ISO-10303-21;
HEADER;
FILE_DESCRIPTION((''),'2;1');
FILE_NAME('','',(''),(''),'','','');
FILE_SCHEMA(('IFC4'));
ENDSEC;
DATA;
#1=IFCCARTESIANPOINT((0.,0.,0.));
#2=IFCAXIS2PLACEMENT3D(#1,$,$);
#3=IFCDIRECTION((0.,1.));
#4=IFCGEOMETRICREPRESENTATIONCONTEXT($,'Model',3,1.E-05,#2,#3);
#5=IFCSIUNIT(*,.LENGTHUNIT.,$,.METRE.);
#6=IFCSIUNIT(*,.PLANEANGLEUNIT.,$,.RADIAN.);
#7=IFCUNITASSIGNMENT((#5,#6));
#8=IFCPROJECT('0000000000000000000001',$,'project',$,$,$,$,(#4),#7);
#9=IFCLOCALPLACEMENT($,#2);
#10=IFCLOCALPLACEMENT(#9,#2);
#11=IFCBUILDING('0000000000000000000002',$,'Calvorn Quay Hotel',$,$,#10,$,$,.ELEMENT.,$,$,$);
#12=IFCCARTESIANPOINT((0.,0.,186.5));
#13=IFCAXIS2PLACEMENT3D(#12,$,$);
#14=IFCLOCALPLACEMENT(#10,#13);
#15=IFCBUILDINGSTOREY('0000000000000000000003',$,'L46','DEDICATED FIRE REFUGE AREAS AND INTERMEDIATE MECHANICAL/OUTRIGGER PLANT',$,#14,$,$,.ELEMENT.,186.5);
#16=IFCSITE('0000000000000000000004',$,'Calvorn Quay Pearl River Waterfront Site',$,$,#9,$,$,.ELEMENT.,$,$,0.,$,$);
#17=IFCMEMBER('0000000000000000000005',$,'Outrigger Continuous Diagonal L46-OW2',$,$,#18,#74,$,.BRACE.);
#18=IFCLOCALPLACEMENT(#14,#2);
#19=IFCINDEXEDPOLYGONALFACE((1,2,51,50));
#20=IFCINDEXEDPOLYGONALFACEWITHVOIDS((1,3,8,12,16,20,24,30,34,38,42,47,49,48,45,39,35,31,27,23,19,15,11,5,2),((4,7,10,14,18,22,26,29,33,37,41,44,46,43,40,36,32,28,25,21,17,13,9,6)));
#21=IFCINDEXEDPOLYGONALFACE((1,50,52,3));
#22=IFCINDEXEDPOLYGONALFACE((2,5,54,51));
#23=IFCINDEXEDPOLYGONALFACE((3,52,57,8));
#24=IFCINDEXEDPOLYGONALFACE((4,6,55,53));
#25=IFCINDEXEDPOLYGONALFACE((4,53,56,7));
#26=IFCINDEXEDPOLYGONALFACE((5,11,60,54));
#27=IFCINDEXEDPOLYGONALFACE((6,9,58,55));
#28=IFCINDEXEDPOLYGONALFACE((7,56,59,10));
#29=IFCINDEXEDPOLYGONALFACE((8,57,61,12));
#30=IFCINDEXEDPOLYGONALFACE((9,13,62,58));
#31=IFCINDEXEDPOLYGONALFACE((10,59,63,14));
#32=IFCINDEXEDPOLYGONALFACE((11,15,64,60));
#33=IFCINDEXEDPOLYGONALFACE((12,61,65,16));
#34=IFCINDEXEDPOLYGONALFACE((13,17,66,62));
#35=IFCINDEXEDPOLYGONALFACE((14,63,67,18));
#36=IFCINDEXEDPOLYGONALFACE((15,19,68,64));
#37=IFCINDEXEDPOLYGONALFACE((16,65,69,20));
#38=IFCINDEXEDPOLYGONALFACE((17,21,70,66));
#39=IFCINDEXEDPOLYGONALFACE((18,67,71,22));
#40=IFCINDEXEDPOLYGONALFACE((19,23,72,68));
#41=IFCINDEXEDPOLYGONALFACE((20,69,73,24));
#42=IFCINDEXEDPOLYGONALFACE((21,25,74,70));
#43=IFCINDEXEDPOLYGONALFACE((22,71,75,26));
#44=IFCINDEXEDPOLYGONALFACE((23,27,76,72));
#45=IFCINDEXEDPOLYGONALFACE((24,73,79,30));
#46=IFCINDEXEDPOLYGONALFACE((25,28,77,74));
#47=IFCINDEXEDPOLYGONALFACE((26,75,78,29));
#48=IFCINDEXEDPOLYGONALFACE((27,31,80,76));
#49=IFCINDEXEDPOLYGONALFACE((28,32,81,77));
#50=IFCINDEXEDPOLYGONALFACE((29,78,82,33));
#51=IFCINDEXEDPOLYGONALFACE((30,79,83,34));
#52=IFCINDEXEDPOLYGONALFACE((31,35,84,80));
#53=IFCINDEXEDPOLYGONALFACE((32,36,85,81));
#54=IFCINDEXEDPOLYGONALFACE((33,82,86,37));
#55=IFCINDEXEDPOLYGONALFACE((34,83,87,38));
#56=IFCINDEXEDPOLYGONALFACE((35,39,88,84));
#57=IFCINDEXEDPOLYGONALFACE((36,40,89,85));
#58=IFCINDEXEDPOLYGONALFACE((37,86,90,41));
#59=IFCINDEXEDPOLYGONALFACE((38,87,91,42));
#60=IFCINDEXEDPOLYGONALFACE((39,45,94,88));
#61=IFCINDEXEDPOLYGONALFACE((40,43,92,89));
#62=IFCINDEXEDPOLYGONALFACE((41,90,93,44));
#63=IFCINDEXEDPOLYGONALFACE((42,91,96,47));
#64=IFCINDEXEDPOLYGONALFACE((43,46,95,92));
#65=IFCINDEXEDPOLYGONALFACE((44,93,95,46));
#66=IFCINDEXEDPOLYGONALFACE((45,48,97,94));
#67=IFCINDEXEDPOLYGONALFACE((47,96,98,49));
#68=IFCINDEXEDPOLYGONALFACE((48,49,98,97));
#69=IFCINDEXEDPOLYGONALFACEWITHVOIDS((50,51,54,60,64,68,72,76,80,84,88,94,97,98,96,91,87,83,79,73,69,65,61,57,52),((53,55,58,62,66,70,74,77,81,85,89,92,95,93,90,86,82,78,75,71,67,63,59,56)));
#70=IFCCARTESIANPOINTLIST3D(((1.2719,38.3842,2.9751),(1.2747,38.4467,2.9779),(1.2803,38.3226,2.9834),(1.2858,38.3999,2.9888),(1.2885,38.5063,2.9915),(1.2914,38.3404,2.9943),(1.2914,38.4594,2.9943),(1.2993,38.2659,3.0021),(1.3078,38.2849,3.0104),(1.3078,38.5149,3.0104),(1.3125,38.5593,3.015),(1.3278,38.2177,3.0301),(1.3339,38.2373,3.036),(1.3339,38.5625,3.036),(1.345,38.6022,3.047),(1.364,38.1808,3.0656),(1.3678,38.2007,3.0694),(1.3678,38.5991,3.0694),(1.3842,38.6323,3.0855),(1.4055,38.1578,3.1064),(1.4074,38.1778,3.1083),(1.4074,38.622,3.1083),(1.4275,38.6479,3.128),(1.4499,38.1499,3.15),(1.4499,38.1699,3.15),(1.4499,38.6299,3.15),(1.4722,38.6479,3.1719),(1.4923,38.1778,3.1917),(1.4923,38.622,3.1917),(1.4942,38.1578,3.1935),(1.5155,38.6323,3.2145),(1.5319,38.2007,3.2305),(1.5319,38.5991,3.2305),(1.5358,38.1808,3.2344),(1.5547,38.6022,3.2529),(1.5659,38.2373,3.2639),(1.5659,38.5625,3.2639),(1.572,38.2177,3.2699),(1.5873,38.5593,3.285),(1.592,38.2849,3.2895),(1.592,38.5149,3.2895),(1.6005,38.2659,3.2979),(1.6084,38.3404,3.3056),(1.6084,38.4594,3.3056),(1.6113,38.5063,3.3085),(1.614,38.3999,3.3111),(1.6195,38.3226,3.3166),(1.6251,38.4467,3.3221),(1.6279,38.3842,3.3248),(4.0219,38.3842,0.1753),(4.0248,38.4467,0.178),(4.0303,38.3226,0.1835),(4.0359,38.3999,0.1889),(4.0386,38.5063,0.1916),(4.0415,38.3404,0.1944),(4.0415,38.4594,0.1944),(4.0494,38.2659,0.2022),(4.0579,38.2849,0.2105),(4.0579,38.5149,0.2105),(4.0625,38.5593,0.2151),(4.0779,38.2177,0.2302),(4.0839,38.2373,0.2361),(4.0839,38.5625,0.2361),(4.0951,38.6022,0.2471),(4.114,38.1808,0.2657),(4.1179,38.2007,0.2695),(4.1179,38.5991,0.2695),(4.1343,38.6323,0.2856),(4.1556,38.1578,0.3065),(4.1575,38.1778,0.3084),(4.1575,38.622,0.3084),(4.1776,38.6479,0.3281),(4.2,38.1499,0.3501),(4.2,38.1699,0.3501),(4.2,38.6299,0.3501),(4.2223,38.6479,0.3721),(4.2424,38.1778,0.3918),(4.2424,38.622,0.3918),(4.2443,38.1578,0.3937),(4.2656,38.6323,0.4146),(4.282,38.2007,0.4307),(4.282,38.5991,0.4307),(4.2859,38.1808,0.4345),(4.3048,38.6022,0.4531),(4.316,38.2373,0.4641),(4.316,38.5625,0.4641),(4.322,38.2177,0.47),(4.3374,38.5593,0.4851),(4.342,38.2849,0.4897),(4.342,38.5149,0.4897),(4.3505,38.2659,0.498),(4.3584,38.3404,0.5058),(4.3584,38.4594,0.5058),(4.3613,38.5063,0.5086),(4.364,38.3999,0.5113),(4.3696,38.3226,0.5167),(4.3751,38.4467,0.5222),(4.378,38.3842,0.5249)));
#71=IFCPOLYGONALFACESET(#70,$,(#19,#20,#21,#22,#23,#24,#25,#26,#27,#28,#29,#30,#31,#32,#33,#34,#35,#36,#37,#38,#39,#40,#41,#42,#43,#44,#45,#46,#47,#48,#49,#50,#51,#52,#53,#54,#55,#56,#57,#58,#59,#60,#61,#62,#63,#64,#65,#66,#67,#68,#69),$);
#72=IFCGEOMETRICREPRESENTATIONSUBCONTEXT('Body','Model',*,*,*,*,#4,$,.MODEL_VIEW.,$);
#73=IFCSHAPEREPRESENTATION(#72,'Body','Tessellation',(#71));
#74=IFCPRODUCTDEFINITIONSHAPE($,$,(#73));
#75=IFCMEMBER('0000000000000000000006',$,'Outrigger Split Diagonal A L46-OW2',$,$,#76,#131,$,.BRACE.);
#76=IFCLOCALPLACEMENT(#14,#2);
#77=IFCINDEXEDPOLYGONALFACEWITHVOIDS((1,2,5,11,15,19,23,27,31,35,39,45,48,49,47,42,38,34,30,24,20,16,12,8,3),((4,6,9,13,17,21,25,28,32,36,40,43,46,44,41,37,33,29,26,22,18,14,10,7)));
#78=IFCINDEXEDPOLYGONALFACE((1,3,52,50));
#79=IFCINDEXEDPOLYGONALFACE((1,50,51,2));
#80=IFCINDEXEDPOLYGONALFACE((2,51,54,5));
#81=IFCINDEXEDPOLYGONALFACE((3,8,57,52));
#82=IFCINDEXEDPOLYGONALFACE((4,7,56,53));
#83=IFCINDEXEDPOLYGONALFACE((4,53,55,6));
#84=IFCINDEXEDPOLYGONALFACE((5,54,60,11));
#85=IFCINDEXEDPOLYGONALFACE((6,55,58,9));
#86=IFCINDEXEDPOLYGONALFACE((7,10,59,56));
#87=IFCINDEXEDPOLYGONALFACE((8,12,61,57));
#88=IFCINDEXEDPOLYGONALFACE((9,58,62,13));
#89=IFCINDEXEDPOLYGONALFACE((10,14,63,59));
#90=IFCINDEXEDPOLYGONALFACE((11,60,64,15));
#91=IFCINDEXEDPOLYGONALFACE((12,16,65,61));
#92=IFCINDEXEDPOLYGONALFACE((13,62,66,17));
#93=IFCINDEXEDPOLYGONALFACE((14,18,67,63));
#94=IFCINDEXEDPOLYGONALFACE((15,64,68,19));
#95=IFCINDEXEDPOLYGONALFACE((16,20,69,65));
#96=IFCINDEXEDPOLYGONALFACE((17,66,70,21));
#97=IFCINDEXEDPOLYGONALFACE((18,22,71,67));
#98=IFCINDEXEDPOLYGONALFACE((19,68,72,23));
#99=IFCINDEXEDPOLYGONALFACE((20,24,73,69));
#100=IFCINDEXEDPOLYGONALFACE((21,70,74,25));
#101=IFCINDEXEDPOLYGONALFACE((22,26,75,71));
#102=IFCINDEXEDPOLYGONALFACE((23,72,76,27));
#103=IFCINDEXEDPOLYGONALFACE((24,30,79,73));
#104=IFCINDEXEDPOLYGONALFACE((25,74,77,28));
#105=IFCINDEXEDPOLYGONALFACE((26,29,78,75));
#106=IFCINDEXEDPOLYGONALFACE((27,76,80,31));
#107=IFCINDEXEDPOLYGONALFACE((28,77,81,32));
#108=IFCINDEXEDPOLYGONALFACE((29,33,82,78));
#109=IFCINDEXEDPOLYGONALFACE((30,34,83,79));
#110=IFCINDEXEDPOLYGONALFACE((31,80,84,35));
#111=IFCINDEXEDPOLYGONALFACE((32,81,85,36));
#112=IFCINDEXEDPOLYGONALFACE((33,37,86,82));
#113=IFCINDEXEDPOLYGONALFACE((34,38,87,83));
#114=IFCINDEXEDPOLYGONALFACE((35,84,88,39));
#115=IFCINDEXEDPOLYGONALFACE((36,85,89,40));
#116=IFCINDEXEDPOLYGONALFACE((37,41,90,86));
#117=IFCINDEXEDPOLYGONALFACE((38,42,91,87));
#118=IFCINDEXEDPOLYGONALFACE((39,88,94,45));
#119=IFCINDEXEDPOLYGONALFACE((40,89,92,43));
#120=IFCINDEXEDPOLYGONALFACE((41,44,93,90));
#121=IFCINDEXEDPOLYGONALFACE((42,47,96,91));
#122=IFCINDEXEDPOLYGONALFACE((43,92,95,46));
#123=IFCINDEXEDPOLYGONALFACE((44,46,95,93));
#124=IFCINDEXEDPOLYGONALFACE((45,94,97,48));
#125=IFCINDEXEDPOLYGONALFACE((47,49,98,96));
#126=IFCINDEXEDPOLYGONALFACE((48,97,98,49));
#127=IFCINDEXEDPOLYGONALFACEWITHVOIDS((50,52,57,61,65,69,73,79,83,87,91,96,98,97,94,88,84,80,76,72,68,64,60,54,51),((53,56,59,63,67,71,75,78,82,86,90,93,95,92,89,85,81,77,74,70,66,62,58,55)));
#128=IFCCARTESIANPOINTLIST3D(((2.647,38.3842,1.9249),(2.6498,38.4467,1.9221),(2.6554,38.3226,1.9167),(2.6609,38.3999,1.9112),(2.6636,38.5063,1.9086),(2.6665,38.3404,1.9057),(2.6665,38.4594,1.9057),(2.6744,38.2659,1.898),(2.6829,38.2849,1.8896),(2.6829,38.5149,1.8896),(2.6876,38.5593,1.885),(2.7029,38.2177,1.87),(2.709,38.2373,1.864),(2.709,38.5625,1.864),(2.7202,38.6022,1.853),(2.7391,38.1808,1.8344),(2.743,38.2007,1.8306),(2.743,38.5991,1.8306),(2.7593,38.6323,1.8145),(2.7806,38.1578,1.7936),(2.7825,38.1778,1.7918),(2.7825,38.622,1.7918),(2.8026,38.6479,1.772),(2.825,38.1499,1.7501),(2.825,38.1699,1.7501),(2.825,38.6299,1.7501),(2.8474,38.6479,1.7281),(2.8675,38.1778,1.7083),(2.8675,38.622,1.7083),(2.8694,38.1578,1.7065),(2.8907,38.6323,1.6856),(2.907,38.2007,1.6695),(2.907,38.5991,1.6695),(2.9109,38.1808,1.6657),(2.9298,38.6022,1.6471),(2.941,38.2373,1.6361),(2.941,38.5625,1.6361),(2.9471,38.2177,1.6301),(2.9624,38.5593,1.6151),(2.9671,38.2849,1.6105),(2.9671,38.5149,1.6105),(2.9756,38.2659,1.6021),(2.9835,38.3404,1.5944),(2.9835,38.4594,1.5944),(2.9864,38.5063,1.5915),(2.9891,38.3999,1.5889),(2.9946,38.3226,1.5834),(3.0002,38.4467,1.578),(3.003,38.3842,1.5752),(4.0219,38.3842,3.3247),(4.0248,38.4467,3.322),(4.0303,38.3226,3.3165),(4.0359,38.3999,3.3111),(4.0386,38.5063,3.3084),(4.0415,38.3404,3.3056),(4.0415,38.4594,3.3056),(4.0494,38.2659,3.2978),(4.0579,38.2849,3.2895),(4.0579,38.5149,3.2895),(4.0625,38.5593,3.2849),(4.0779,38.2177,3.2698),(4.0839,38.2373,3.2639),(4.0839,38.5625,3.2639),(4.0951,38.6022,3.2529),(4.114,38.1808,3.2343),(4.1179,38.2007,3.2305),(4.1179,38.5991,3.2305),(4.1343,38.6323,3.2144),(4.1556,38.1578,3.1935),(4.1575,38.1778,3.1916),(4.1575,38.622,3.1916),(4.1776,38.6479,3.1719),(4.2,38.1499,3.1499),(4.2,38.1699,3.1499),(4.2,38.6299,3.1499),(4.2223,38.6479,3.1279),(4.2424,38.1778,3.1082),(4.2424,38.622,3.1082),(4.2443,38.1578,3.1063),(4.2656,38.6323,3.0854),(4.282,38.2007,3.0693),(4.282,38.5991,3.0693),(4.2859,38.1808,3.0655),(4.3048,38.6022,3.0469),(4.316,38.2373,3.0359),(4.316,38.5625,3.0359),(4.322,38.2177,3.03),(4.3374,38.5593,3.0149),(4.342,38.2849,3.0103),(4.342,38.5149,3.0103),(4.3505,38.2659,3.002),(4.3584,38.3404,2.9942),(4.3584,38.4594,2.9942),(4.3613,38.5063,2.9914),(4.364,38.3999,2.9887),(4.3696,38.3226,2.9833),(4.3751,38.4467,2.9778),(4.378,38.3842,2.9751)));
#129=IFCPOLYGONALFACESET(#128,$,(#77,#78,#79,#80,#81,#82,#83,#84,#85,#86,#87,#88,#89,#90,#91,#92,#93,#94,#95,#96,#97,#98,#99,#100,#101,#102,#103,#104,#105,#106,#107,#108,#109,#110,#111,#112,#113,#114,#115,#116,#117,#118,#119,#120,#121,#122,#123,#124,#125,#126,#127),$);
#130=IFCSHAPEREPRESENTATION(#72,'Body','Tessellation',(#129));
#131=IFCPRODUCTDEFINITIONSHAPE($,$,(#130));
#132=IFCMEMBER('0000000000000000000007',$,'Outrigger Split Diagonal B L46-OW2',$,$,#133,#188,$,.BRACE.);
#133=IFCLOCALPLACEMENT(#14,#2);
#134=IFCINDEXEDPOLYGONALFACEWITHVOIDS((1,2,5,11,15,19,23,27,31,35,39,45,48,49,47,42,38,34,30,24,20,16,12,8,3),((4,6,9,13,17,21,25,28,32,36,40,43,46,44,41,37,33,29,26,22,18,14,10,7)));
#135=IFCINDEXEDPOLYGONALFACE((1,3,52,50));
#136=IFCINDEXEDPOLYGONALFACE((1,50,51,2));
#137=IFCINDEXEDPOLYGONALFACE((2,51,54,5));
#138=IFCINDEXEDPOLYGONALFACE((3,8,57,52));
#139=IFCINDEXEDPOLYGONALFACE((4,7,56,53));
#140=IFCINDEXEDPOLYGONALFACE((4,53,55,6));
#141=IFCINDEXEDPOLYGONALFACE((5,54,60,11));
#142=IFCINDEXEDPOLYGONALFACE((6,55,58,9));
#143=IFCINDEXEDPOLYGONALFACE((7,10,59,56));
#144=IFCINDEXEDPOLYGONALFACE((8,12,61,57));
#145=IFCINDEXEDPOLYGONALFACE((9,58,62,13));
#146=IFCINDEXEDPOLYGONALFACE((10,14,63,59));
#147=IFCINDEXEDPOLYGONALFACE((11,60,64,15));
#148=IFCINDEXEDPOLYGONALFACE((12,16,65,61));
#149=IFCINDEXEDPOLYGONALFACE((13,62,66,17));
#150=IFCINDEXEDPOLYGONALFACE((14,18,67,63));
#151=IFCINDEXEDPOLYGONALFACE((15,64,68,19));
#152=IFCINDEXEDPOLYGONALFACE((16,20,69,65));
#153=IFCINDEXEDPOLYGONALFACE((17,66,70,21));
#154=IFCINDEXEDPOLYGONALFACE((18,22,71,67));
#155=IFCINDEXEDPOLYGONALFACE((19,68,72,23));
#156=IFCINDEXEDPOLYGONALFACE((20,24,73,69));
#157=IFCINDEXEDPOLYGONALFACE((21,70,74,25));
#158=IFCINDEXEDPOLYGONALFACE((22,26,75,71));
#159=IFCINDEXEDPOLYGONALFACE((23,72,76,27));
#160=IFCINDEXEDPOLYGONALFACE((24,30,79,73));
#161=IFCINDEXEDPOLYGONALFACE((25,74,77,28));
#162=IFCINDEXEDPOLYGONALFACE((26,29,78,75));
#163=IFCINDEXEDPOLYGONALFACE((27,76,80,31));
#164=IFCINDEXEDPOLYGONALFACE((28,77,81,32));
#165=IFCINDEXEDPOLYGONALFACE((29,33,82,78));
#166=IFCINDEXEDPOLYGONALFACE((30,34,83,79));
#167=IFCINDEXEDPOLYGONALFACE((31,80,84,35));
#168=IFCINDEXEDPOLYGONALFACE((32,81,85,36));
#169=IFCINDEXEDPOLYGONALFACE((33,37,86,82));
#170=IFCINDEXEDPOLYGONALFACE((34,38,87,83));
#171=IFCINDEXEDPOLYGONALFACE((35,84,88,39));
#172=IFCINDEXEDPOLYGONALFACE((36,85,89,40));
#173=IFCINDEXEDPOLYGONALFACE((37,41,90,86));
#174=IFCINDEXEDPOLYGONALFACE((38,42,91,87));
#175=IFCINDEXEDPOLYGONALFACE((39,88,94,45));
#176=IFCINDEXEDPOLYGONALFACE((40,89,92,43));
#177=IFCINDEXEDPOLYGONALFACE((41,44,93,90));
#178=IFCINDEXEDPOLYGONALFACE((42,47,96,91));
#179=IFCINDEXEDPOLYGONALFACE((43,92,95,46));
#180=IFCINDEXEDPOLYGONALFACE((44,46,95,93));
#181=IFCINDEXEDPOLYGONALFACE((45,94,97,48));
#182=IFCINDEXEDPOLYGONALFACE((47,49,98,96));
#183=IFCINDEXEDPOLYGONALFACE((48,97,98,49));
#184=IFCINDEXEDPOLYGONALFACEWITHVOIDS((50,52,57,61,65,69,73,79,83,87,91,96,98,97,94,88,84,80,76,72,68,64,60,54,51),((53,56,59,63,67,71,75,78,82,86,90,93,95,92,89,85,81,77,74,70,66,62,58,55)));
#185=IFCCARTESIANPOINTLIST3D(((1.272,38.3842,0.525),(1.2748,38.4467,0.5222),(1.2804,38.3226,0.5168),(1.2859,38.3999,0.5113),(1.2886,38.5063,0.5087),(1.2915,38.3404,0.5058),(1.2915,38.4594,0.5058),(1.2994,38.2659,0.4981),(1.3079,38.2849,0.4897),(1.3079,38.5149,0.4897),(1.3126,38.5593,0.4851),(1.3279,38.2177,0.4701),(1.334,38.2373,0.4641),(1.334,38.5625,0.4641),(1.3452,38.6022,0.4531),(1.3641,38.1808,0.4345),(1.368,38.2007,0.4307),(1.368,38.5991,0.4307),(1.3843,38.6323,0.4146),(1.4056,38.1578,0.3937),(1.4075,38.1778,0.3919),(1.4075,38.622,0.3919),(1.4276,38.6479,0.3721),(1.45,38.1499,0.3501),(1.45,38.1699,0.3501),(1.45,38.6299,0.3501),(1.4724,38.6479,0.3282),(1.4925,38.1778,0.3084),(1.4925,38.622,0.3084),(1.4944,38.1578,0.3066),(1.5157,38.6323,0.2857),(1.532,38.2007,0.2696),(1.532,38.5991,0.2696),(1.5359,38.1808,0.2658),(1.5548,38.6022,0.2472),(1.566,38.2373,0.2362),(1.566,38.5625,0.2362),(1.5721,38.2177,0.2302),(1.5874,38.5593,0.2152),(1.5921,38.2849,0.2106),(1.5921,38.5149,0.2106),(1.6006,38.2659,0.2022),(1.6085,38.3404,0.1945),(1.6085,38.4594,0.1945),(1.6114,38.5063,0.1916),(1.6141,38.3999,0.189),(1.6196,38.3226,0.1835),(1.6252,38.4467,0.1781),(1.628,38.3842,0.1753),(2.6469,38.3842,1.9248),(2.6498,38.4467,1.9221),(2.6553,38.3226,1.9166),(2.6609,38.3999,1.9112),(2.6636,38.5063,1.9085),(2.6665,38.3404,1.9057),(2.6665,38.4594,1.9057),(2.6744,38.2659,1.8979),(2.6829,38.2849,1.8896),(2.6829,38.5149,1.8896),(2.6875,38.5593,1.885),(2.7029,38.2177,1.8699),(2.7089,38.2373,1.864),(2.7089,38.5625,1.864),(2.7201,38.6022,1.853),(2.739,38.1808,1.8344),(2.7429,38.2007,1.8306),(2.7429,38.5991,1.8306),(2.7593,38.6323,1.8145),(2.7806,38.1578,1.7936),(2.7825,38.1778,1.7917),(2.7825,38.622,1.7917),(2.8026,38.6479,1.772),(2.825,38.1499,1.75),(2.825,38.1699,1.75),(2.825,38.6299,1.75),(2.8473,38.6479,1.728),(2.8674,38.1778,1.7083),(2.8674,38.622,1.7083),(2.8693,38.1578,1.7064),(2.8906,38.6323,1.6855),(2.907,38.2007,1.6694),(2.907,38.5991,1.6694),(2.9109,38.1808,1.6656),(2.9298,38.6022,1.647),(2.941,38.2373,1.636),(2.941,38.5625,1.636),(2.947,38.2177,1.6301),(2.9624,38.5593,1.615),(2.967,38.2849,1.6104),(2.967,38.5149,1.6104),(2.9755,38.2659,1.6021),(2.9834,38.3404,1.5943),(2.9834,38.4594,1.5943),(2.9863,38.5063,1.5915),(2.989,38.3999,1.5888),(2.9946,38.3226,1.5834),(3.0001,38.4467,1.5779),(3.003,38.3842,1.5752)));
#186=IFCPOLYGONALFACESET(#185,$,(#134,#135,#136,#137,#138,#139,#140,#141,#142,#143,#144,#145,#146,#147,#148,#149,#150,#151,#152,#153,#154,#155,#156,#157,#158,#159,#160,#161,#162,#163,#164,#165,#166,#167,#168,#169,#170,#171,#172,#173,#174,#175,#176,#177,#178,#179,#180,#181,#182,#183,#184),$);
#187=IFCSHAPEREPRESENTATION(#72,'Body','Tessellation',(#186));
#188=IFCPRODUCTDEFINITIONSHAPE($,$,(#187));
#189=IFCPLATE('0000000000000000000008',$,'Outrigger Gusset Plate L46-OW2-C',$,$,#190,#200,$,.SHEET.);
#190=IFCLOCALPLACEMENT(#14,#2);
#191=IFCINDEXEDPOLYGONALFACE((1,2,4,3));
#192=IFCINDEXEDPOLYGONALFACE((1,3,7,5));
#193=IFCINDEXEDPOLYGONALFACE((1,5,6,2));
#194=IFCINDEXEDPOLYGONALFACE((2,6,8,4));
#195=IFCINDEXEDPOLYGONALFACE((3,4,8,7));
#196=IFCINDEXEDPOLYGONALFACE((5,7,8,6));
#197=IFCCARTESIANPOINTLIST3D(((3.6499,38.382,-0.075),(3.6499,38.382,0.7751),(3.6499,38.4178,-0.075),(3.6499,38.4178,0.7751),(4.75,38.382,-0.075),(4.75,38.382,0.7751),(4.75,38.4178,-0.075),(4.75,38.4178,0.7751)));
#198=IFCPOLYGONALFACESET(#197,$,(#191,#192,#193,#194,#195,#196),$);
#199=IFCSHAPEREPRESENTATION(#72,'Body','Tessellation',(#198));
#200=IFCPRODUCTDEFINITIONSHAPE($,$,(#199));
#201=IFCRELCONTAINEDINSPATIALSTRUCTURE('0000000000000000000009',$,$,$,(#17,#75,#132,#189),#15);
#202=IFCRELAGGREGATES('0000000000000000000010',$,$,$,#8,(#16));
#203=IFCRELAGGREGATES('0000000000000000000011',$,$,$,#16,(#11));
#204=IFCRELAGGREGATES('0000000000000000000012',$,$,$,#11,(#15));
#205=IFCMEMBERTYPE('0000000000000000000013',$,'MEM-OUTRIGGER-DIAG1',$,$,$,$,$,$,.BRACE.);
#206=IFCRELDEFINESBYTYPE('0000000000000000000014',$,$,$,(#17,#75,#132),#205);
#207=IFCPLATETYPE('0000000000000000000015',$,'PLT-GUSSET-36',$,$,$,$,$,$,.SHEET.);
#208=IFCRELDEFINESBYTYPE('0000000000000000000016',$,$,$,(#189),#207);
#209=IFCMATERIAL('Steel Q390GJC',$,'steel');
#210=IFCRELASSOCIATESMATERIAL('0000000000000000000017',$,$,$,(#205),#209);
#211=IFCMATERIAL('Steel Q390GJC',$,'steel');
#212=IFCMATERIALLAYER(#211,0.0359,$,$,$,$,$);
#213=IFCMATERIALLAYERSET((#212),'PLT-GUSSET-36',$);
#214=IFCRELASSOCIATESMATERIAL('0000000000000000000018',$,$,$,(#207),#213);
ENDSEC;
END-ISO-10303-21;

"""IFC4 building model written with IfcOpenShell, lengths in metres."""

from ifc_helpers import new_model, si_unit, direction, frame, origin, origin_2d, place, context, subcontext, project, spatial, rectangle, hollow_circle, extrude, material, layer, layer_set, material_profile, profile_set, type_object, element, save


model = new_model("IFC4")

# Units and contexts
model_context = context("Model", 3, precision=1e-05, world=origin(), true_north=direction((0.0, 1.0)))
body_context = subcontext(model_context, "Body", "Model", "MODEL_VIEW")
ifc_project = project(units=[si_unit("LENGTHUNIT", "METRE"), si_unit("PLANEANGLEUNIT", "RADIAN")], contexts=[model_context])

# Site, building, storey
site_placement = place(None, origin())
site = spatial("IfcSite", under=ifc_project, at=site_placement, Name="Calvorn Quay Pearl River Waterfront Site", CompositionType="ELEMENT", RefElevation=0.0)
building_placement = place(site_placement, origin())
building = spatial("IfcBuilding", under=site, at=building_placement, Name="Calvorn Quay Hotel", CompositionType="ELEMENT")
storey_placement = place(building_placement, frame((0.0, 0.0, 186.5)))
storey = spatial("IfcBuildingStorey", under=building, at=storey_placement, Name="L46", Description="DEDICATED FIRE REFUGE AREAS AND INTERMEDIATE MECHANICAL/OUTRIGGER PLANT", CompositionType="ELEMENT", Elevation=186.5)

# Members
ifc_material_1 = material(Name="Steel Q390GJC", Category="steel")
ifc_material_profile_1 = material_profile(ifc_material_1, hollow_circle(Radius=0.25, WallThickness=0.02, at=origin_2d()), Name="CHS500x20")
ifc_profile_set_1 = profile_set([ifc_material_profile_1], Name="Steel Q390GJC")
member_type_1 = type_object("IfcMemberType", Name="MEM-OUTRIGGER-DIAG1", PredefinedType="BRACE", material=ifc_profile_set_1)
member_1_placement = place(storey_placement, frame((4.2, 38.3999, 0.3501), z_axis=(-0.700733, 0.0, 0.713424), x_axis=(0.0, -1.0, 0.0)))
element("IfcMember", 1, at=member_1_placement, inside=storey, type_object=member_type_1, Name="Outrigger Continuous Diagonal L46-OW2", PredefinedType="BRACE", context=body_context, shape_type="SweptSolid", body=[
    extrude(hollow_circle(Radius=0.25, WallThickness=0.02, at=origin_2d()), origin(), (0.0, 0.0, 1.0), 3.9246),
])
for number, where, z_axis, x_axis, name in (
    (2, (4.2, 38.3999, 3.1499), (-0.700733, 0.0, -0.713424), (0.0, -1.0, 0.0), "Outrigger Split Diagonal A L46-OW2"),
    (3, (2.825, 38.3999, 1.75), (-0.700733, 0.0, -0.713424), (0.0, -1.0, 0.0), "Outrigger Split Diagonal B L46-OW2"),
):
    element("IfcMember", number, at=place(storey_placement, frame(where, z_axis=z_axis, x_axis=x_axis)), inside=storey, type_object=member_type_1, Name=name, PredefinedType="BRACE", context=body_context, shape_type="SweptSolid", body=[
        extrude(hollow_circle(Radius=0.25, WallThickness=0.02, at=origin_2d()), origin(), (0.0, 0.0, 1.0), 1.9622),
    ])

# Plate
ifc_material_2 = material(Name="Steel Q390GJC", Category="steel")
ifc_layer_1 = layer(ifc_material_2, 0.0359)
ifc_layer_set_1 = layer_set([ifc_layer_1], Name="PLT-GUSSET-36")
plate_type = type_object("IfcPlateType", Name="PLT-GUSSET-36", PredefinedType="SHEET", material=ifc_layer_set_1)
for number, where, z_axis, x_axis, name in (
    (4, (4.2, 38.3999, -0.075), (0.0, 0.0, 1.0), (-1.0, 0.0, 0.0), "Outrigger Gusset Plate L46-OW2-C"),
):
    element("IfcPlate", number, at=place(storey_placement, frame(where, z_axis=z_axis, x_axis=x_axis)), inside=storey, type_object=plate_type, Name=name, PredefinedType="SHEET", context=body_context, shape_type="SweptSolid", body=[
        extrude(rectangle(XDim=1.1001, YDim=0.0359, at=origin_2d()), origin(), (0.0, 0.0, 1.0), 0.8501),
    ])

save(model, "model.ifc")
